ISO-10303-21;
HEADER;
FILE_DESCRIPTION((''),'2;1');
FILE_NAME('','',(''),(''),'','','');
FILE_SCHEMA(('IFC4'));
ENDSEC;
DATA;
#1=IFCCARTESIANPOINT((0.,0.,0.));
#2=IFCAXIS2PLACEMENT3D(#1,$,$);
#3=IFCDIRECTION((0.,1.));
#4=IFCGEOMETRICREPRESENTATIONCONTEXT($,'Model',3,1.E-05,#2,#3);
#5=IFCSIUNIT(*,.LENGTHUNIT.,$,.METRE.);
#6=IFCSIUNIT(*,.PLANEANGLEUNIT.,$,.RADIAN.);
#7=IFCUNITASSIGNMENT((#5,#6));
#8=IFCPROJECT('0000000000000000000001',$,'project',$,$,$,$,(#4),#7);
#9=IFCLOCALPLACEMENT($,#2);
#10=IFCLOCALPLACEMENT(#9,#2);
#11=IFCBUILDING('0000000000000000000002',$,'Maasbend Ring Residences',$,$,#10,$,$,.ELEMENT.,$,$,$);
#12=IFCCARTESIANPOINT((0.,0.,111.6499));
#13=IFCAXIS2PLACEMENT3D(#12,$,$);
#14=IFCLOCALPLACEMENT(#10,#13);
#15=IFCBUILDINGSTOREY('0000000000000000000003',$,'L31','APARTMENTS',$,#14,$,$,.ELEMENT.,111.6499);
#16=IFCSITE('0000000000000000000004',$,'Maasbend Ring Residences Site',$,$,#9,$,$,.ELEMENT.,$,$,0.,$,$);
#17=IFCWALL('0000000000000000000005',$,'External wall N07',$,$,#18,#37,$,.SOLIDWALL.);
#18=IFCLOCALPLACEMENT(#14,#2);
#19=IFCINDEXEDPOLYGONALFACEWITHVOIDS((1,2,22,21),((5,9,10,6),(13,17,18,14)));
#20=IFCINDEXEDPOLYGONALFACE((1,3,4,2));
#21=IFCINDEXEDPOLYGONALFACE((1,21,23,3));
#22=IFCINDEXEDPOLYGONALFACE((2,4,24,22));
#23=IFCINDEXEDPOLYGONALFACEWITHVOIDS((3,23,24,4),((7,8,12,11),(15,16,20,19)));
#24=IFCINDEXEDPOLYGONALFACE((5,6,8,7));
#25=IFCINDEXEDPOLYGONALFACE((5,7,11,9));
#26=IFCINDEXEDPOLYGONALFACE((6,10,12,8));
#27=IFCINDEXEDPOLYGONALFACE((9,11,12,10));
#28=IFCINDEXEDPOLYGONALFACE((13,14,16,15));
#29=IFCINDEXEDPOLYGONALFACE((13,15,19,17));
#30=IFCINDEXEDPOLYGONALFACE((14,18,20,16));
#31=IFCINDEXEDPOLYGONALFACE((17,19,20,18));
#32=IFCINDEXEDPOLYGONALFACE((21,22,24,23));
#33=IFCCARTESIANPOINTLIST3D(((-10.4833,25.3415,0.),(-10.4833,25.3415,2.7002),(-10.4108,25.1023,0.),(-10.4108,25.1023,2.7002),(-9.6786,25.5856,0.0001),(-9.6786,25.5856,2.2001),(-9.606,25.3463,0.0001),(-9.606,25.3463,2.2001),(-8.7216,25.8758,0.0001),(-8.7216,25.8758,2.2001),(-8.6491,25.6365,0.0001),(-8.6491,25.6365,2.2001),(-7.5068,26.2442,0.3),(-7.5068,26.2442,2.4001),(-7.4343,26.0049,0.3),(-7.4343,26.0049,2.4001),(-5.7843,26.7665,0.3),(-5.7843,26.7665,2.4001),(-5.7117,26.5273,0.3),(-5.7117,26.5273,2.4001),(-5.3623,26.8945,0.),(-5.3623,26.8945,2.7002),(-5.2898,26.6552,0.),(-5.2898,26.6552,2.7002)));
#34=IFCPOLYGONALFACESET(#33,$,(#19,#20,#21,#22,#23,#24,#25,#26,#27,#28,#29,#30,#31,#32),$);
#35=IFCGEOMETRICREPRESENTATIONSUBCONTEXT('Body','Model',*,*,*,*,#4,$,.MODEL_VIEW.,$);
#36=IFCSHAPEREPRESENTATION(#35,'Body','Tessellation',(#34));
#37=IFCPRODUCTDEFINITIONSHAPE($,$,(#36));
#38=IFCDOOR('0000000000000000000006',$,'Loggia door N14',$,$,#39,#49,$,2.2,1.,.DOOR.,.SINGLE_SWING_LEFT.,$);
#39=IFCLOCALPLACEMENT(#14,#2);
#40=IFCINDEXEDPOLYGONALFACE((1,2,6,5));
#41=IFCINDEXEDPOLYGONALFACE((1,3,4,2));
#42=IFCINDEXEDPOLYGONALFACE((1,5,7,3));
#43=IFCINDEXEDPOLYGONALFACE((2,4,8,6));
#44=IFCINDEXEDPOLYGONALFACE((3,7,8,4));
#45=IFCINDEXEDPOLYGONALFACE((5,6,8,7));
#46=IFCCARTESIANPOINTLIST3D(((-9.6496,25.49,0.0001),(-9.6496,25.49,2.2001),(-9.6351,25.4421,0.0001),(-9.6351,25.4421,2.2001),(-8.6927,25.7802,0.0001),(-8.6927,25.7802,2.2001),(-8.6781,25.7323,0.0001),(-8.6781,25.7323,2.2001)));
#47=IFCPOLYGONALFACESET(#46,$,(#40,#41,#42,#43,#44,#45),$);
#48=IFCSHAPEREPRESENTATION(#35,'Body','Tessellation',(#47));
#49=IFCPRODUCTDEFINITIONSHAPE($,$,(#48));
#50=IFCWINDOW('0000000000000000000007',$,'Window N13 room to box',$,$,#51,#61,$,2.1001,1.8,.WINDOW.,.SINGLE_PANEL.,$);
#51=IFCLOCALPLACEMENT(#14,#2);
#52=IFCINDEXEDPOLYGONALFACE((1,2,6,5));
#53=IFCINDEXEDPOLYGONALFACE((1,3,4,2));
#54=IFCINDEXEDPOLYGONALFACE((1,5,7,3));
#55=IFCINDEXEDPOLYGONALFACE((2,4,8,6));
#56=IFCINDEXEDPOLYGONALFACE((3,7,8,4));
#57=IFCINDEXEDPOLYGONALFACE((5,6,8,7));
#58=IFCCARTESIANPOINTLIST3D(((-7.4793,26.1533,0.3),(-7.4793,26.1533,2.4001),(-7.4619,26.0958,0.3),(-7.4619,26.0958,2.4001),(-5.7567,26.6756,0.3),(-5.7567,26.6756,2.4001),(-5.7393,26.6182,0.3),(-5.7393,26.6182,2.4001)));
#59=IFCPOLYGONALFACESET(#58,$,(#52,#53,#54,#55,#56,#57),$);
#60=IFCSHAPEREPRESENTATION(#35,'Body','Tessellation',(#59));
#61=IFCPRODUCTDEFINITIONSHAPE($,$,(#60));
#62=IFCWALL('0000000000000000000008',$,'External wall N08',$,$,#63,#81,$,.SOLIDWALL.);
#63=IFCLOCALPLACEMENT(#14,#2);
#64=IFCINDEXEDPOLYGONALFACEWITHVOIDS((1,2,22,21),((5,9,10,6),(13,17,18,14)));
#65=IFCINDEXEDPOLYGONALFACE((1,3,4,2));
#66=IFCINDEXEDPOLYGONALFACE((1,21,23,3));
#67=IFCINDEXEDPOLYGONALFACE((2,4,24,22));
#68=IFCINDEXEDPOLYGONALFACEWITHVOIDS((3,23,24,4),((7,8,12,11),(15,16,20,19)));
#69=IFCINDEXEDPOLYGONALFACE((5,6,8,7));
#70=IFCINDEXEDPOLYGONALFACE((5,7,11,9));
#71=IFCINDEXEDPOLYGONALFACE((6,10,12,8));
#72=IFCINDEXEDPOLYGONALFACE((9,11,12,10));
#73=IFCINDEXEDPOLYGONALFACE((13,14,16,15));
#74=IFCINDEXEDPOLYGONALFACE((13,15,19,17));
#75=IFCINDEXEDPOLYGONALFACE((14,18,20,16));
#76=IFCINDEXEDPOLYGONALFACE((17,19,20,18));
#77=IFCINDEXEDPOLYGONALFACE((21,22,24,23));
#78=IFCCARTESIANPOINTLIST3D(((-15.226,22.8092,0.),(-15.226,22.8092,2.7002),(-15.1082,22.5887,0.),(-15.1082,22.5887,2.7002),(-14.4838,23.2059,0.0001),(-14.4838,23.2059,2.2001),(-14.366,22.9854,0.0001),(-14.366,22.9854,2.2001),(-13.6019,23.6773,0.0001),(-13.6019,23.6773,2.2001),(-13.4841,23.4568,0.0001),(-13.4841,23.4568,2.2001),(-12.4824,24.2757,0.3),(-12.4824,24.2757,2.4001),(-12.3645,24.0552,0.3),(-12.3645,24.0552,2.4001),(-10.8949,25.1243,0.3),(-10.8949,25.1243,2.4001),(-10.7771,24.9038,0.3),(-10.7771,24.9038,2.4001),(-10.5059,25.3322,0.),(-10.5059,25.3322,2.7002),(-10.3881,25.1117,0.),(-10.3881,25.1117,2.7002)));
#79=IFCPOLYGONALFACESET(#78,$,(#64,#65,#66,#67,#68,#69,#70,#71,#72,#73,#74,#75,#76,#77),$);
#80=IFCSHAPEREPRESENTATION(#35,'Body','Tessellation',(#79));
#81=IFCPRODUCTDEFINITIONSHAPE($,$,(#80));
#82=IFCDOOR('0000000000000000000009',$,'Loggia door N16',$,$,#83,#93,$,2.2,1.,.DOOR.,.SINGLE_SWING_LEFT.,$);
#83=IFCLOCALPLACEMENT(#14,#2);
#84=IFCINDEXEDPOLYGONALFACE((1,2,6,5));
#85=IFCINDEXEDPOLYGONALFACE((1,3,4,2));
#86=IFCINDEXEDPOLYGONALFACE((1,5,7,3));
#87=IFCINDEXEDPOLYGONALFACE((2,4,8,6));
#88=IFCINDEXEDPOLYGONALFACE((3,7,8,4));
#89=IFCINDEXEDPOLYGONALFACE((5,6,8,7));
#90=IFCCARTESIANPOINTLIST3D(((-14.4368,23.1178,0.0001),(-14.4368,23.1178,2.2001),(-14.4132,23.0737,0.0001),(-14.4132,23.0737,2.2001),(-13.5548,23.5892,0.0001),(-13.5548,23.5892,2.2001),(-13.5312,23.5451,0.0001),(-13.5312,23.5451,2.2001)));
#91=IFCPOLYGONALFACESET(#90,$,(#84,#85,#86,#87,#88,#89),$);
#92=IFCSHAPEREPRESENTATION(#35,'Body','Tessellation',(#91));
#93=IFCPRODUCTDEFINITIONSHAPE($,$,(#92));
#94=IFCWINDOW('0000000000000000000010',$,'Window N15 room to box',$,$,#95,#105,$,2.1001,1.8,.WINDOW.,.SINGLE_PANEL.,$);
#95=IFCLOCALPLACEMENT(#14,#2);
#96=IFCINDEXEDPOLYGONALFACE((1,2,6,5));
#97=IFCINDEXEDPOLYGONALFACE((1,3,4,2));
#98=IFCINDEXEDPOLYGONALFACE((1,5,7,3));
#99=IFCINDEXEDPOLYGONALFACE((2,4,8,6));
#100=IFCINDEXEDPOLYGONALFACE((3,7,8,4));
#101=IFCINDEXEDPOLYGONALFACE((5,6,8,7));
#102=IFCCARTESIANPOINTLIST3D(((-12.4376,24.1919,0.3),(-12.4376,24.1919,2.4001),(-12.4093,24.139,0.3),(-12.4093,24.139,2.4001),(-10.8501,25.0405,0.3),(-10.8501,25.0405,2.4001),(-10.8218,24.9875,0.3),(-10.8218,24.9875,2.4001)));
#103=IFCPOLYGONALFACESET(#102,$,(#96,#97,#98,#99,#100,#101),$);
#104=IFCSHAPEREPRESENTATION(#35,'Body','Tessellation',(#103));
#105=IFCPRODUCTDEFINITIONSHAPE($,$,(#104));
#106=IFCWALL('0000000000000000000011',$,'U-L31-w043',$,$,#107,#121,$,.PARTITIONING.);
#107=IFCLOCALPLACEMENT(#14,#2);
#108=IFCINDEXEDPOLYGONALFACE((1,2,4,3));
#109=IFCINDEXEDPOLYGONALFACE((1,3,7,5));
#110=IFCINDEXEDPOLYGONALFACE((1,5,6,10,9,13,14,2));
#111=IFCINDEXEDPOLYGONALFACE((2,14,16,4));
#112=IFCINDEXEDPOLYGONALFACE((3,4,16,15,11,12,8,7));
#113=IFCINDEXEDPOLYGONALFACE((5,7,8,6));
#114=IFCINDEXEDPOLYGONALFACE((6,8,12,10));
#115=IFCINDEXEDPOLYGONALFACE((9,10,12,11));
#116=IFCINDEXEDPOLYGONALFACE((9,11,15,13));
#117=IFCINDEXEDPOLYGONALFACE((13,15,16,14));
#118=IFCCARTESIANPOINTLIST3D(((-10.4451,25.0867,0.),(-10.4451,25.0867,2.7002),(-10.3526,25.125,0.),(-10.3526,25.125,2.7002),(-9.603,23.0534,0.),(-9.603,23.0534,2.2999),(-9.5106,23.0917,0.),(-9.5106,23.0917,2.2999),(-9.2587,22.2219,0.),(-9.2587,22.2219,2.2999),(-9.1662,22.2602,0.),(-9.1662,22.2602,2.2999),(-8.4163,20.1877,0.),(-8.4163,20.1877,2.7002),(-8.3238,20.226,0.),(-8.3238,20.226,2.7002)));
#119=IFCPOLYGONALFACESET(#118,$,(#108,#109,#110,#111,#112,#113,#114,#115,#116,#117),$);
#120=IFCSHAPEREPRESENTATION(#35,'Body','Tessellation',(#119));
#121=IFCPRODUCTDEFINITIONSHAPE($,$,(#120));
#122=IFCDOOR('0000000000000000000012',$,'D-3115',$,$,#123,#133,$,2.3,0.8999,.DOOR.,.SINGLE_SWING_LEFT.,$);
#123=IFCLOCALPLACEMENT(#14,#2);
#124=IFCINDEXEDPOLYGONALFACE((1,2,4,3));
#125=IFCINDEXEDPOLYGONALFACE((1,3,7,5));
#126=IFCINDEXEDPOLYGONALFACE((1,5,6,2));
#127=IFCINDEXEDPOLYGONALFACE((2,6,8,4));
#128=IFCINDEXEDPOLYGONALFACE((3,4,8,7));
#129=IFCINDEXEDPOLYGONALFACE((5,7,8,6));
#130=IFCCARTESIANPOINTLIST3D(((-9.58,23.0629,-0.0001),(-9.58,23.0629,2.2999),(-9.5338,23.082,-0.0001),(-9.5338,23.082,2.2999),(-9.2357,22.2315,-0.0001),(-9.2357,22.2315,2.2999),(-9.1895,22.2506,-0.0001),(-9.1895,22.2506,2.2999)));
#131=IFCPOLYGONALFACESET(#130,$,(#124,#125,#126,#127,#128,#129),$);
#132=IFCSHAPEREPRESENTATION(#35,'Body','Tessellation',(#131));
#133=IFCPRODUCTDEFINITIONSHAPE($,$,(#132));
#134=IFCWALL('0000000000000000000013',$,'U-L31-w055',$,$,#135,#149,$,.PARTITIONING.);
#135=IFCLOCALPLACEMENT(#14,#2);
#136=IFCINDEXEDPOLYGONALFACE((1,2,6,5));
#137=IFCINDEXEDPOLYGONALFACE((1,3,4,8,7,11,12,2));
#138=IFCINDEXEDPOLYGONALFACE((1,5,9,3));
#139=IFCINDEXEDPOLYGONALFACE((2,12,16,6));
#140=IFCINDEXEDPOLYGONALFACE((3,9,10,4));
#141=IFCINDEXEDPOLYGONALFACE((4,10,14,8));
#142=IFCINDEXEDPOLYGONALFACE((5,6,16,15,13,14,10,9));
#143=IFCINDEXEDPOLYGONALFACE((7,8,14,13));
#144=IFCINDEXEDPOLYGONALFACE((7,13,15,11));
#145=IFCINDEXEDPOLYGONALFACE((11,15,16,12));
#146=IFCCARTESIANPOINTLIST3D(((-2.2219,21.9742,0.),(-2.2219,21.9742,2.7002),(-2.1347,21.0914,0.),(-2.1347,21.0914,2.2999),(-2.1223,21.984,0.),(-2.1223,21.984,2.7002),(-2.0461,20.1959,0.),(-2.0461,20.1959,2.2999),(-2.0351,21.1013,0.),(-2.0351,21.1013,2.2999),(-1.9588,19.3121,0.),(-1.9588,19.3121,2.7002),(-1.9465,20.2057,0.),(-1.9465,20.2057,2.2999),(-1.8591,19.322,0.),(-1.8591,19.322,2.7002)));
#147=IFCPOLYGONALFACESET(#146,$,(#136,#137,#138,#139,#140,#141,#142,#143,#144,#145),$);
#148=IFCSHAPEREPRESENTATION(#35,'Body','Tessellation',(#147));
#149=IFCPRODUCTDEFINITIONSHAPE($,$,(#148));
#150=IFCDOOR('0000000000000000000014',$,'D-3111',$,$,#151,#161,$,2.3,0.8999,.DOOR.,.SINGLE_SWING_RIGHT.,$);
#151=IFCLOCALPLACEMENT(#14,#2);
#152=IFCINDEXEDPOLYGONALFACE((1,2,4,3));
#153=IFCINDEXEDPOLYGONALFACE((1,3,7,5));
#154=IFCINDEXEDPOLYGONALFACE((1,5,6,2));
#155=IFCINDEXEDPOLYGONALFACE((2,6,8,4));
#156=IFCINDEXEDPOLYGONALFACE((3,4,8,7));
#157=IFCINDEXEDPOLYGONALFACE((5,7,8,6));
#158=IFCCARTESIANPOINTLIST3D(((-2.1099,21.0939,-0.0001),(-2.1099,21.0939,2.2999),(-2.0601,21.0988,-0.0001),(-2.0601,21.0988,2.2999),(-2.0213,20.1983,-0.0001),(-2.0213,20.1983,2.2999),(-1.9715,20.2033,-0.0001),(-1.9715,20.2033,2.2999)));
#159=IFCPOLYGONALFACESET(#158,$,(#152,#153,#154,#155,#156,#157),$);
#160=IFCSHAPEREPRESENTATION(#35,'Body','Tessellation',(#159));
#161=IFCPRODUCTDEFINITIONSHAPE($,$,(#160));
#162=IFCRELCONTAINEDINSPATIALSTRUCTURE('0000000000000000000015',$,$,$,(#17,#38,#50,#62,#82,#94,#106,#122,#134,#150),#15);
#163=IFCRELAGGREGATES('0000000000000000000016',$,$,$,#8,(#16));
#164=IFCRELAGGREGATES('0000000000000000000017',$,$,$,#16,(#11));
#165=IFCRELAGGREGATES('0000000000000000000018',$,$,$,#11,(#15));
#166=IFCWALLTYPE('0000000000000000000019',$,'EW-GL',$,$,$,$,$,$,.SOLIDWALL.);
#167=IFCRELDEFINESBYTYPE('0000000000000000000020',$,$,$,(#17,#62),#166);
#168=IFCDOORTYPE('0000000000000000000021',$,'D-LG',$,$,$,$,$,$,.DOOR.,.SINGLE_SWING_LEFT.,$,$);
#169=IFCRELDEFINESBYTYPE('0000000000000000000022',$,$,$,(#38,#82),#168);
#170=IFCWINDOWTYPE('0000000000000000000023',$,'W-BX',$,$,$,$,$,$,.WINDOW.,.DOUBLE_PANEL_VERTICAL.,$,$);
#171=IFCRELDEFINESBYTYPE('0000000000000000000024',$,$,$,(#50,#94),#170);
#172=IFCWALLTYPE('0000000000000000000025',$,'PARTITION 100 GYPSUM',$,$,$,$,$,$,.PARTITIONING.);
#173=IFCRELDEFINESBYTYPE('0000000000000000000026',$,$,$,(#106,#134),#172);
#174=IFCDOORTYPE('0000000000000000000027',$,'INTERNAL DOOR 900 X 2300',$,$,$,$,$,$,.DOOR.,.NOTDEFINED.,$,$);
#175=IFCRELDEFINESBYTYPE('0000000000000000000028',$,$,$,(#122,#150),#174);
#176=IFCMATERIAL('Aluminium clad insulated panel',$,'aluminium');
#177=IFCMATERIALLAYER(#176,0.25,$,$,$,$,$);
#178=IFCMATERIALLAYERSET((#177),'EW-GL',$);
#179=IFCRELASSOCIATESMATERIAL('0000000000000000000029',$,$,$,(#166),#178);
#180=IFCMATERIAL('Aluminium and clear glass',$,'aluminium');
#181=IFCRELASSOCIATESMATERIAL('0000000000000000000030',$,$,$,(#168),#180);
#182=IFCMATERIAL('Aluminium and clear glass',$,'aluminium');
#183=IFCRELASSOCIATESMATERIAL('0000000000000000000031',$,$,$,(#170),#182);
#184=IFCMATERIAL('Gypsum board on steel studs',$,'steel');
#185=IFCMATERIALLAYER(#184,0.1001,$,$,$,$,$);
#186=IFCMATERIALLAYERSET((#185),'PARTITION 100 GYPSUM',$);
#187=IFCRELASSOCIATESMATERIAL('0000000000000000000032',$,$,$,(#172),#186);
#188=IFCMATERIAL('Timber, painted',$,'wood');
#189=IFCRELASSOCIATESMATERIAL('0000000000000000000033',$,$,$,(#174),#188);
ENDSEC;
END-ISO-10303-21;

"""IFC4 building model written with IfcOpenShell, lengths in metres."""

from ifc_helpers import new_model, si_unit, direction, frame, frame_2d, origin, place, context, subcontext, project, spatial, rectangle, extrude, material, layer, layer_set, type_object, element, fill, save


model = new_model("IFC4")

# Units and contexts
model_context = context("Model", 3, precision=1e-05, world=origin(), true_north=direction((0.0, 1.0)))
body_context = subcontext(model_context, "Body", "Model", "MODEL_VIEW")
ifc_project = project(units=[si_unit("LENGTHUNIT", "METRE"), si_unit("PLANEANGLEUNIT", "RADIAN")], contexts=[model_context])

# Site, building, storey
site_placement = place(None, origin())
site = spatial("IfcSite", under=ifc_project, at=site_placement, Name="Maasbend Ring Residences Site", CompositionType="ELEMENT", RefElevation=0.0)
building_placement = place(site_placement, origin())
building = spatial("IfcBuilding", under=site, at=building_placement, Name="Maasbend Ring Residences", CompositionType="ELEMENT")
storey_placement = place(building_placement, frame((0.0, 0.0, 111.6499)))
storey = spatial("IfcBuildingStorey", under=building, at=storey_placement, Name="L31", Description="APARTMENTS", CompositionType="ELEMENT", Elevation=111.6499)

# Walls, openings, doors, windows
ifc_material_1 = material(Name="Aluminium clad insulated panel", Category="aluminium")
ifc_layer_1 = layer(ifc_material_1, 0.25)
ifc_layer_set_1 = layer_set([ifc_layer_1], Name="EW-GL")
wall_type_1 = type_object("IfcWallType", Name="EW-GL", PredefinedType="SOLIDWALL", material=ifc_layer_set_1)
wall_1_placement = place(storey_placement, frame((-5.3259, 26.7749, 0.0), z_axis=(0.0, 0.0, 1.0), x_axis=(-0.956966, -0.290201, 0.0)))
wall_1 = element("IfcWall", 1, at=wall_1_placement, inside=storey, type_object=wall_type_1, Name="External wall N07", PredefinedType="SOLIDWALL", context=body_context, shape_type="SweptSolid", body=[
    extrude(rectangle(XDim=5.3513, YDim=0.25, at=frame_2d((2.6758, 0.0))), origin(), (0.0, 0.0, 1.0), 2.7002),
])
opening_1_placement = place(wall_1_placement, frame((0.4412, 0.0, 0.3)))
opening_1 = element("IfcOpeningElement", 2, at=opening_1_placement, cuts=wall_1, PredefinedType="OPENING", context=body_context, shape_type="SweptSolid", body=[
    extrude(rectangle(XDim=1.8, YDim=2.1001, at=frame_2d((0.8999, 1.05))), frame((0.0, 0.135, 0.0), z_axis=(0.0, -1.0, 0.0), x_axis=(1.0, 0.0, 0.0)), (0.0, 0.0, 1.0), 0.27),
])
opening_2_placement = place(wall_1_placement, frame((3.5105, 0.0, 0.0)))
opening_2 = element("IfcOpeningElement", 3, at=opening_2_placement, cuts=wall_1, PredefinedType="OPENING", context=body_context, shape_type="SweptSolid", body=[
    extrude(rectangle(XDim=1.0, YDim=2.2, at=frame_2d((0.5, 1.1001))), frame((0.0, 0.135, 0.0), z_axis=(0.0, -1.0, 0.0), x_axis=(1.0, 0.0, 0.0)), (0.0, 0.0, 1.0), 0.27),
])
ifc_material_2 = material(Name="Aluminium and clear glass", Category="aluminium")
door_type_1 = type_object("IfcDoorType", Name="D-LG", OperationType="SINGLE_SWING_LEFT", PredefinedType="DOOR", material=ifc_material_2)
door_1_placement = place(opening_2_placement, origin())
door_1 = element("IfcDoor", 4, at=door_1_placement, inside=storey, type_object=door_type_1, Name="Loggia door N14", OperationType="SINGLE_SWING_LEFT", OverallHeight=2.2, OverallWidth=1.0, PredefinedType="DOOR", context=body_context, shape_type="SweptSolid", body=[
    extrude(rectangle(XDim=1.0, YDim=2.2, at=frame_2d((0.5, 1.1001))), frame((0.0, 0.0249, 0.0), z_axis=(0.0, -1.0, 0.0), x_axis=(1.0, 0.0, 0.0)), (0.0, 0.0, 1.0), 0.05),
])
fill(opening_2, door_1)
ifc_material_3 = material(Name="Aluminium and clear glass", Category="aluminium")
window_type_1 = type_object("IfcWindowType", Name="W-BX", PartitioningType="DOUBLE_PANEL_VERTICAL", PredefinedType="WINDOW", material=ifc_material_3)
window_1_placement = place(opening_1_placement, origin())
window_1 = element("IfcWindow", 5, at=window_1_placement, inside=storey, type_object=window_type_1, Name="Window N13 room to box", OverallHeight=2.1001, OverallWidth=1.8, PartitioningType="SINGLE_PANEL", PredefinedType="WINDOW", context=body_context, shape_type="SweptSolid", body=[
    extrude(rectangle(XDim=1.8, YDim=2.1001, at=frame_2d((0.8999, 1.05))), frame((0.0, 0.03, 0.0), z_axis=(0.0, -1.0, 0.0), x_axis=(1.0, 0.0, 0.0)), (0.0, 0.0, 1.0), 0.0601),
])
fill(opening_1, window_1)
wall_2_placement = place(storey_placement, frame((-10.447, 25.2219, 0.0), z_axis=(0.0, 0.0, 1.0), x_axis=(-0.881916, -0.471407, 0.0)))
wall_2 = element("IfcWall", 6, at=wall_2_placement, inside=storey, type_object=wall_type_1, Name="External wall N08", PredefinedType="SOLIDWALL", context=body_context, shape_type="SweptSolid", body=[
    extrude(rectangle(XDim=5.3521, YDim=0.25, at=frame_2d((2.676, 0.0))), origin(), (0.0, 0.0, 1.0), 2.7002),
])
opening_3_placement = place(wall_2_placement, frame((0.4412, 0.0, 0.3)))
opening_3 = element("IfcOpeningElement", 7, at=opening_3_placement, cuts=wall_2, PredefinedType="OPENING", context=body_context, shape_type="SweptSolid", body=[
    extrude(rectangle(XDim=1.8, YDim=2.1001, at=frame_2d((0.8999, 1.05))), frame((0.0, 0.135, 0.0), z_axis=(0.0, -1.0, 0.0), x_axis=(1.0, 0.0, 0.0)), (0.0, 0.0, 1.0), 0.27),
])
opening_4_placement = place(wall_2_placement, frame((3.5105, 0.0, 0.0)))
opening_4 = element("IfcOpeningElement", 8, at=opening_4_placement, cuts=wall_2, PredefinedType="OPENING", context=body_context, shape_type="SweptSolid", body=[
    extrude(rectangle(XDim=1.0, YDim=2.2, at=frame_2d((0.5, 1.1001))), frame((0.0, 0.135, 0.0), z_axis=(0.0, -1.0, 0.0), x_axis=(1.0, 0.0, 0.0)), (0.0, 0.0, 1.0), 0.27),
])
door_2_placement = place(opening_4_placement, origin())
door_2 = element("IfcDoor", 9, at=door_2_placement, inside=storey, type_object=door_type_1, Name="Loggia door N16", OperationType="SINGLE_SWING_LEFT", OverallHeight=2.2, OverallWidth=1.0, PredefinedType="DOOR", context=body_context, shape_type="SweptSolid", body=[
    extrude(rectangle(XDim=1.0, YDim=2.2, at=frame_2d((0.5, 1.1001))), frame((0.0, 0.0249, 0.0), z_axis=(0.0, -1.0, 0.0), x_axis=(1.0, 0.0, 0.0)), (0.0, 0.0, 1.0), 0.05),
])
fill(opening_4, door_2)
window_2_placement = place(opening_3_placement, origin())
window_2 = element("IfcWindow", 10, at=window_2_placement, inside=storey, type_object=window_type_1, Name="Window N15 room to box", OverallHeight=2.1001, OverallWidth=1.8, PartitioningType="SINGLE_PANEL", PredefinedType="WINDOW", context=body_context, shape_type="SweptSolid", body=[
    extrude(rectangle(XDim=1.8, YDim=2.1001, at=frame_2d((0.8999, 1.05))), frame((0.0, 0.03, 0.0), z_axis=(0.0, -1.0, 0.0), x_axis=(1.0, 0.0, 0.0)), (0.0, 0.0, 1.0), 0.0601),
])
fill(opening_3, window_2)

# Walls, openings, doors
ifc_material_4 = material(Name="Gypsum board on steel studs", Category="steel")
ifc_layer_2 = layer(ifc_material_4, 0.1001)
ifc_layer_set_2 = layer_set([ifc_layer_2], Name="PARTITION 100 GYPSUM")
wall_type_2 = type_object("IfcWallType", Name="PARTITION 100 GYPSUM", PredefinedType="PARTITIONING", material=ifc_layer_set_2)
wall_3_placement = place(storey_placement, frame((-10.3989, 25.106, 0.0), z_axis=(0.0, 0.0, 1.0), x_axis=(0.38262, -0.923906, 0.0)))
wall_3 = element("IfcWall", 11, at=wall_3_placement, inside=storey, type_object=wall_type_2, Name="U-L31-w043", PredefinedType="PARTITIONING", context=body_context, shape_type="SweptSolid", body=[
    extrude(rectangle(XDim=5.3025, YDim=0.1001, at=frame_2d((2.6514, 0.0))), origin(), (0.0, 0.0, 1.0), 2.7002),
])
opening_5_placement = place(wall_3_placement, frame((2.2009, 0.0, 0.0)))
opening_5 = element("IfcOpeningElement", 12, at=opening_5_placement, cuts=wall_3, PredefinedType="OPENING", context=body_context, shape_type="SweptSolid", body=[
    extrude(rectangle(XDim=0.8999, YDim=2.3, at=frame_2d((0.45, 1.1499))), frame((0.0, 0.0601, 0.0), z_axis=(0.0, -1.0, 0.0), x_axis=(1.0, 0.0, 0.0)), (0.0, 0.0, 1.0), 0.1201),
])
ifc_material_5 = material(Name="Timber, painted", Category="wood")
door_type_2 = type_object("IfcDoorType", Name="INTERNAL DOOR 900 X 2300", OperationType="NOTDEFINED", PredefinedType="DOOR", material=ifc_material_5)
door_3_placement = place(opening_5_placement, origin())
door_3 = element("IfcDoor", 13, at=door_3_placement, inside=storey, type_object=door_type_2, Name="D-3115", OperationType="SINGLE_SWING_LEFT", OverallHeight=2.3, OverallWidth=0.8999, PredefinedType="DOOR", context=body_context, shape_type="SweptSolid", body=[
    extrude(rectangle(XDim=0.8999, YDim=2.3, at=frame_2d((0.45, 1.1499))), frame((0.0, 0.0249, 0.0), z_axis=(0.0, -1.0, 0.0), x_axis=(1.0, 0.0, 0.0)), (0.0, 0.0, 1.0), 0.05),
])
fill(opening_5, door_3)
wall_4_placement = place(storey_placement, frame((-2.1721, 21.979, 0.0), z_axis=(0.0, 0.0, 1.0), x_axis=(0.098383, -0.995149, 0.0)))
wall_4 = element("IfcWall", 14, at=wall_4_placement, inside=storey, type_object=wall_type_2, Name="U-L31-w055", PredefinedType="PARTITIONING", context=body_context, shape_type="SweptSolid", body=[
    extrude(rectangle(XDim=2.675, YDim=0.1001, at=frame_2d((1.3374, 0.0))), origin(), (0.0, 0.0, 1.0), 2.7002),
])
opening_6_placement = place(wall_4_placement, frame((0.887, 0.0, 0.0)))
opening_6 = element("IfcOpeningElement", 15, at=opening_6_placement, cuts=wall_4, PredefinedType="OPENING", context=body_context, shape_type="SweptSolid", body=[
    extrude(rectangle(XDim=0.8999, YDim=2.3, at=frame_2d((0.45, 1.1499))), frame((0.0, 0.0601, 0.0), z_axis=(0.0, -1.0, 0.0), x_axis=(1.0, 0.0, 0.0)), (0.0, 0.0, 1.0), 0.1201),
])
door_4_placement = place(opening_6_placement, origin())
door_4 = element("IfcDoor", 16, at=door_4_placement, inside=storey, type_object=door_type_2, Name="D-3111", OperationType="SINGLE_SWING_RIGHT", OverallHeight=2.3, OverallWidth=0.8999, PredefinedType="DOOR", context=body_context, shape_type="SweptSolid", body=[
    extrude(rectangle(XDim=0.8999, YDim=2.3, at=frame_2d((0.45, 1.1499))), frame((0.0, 0.0249, 0.0), z_axis=(0.0, -1.0, 0.0), x_axis=(1.0, 0.0, 0.0)), (0.0, 0.0, 1.0), 0.05),
])
fill(opening_6, door_4)

save(model, "model.ifc")
